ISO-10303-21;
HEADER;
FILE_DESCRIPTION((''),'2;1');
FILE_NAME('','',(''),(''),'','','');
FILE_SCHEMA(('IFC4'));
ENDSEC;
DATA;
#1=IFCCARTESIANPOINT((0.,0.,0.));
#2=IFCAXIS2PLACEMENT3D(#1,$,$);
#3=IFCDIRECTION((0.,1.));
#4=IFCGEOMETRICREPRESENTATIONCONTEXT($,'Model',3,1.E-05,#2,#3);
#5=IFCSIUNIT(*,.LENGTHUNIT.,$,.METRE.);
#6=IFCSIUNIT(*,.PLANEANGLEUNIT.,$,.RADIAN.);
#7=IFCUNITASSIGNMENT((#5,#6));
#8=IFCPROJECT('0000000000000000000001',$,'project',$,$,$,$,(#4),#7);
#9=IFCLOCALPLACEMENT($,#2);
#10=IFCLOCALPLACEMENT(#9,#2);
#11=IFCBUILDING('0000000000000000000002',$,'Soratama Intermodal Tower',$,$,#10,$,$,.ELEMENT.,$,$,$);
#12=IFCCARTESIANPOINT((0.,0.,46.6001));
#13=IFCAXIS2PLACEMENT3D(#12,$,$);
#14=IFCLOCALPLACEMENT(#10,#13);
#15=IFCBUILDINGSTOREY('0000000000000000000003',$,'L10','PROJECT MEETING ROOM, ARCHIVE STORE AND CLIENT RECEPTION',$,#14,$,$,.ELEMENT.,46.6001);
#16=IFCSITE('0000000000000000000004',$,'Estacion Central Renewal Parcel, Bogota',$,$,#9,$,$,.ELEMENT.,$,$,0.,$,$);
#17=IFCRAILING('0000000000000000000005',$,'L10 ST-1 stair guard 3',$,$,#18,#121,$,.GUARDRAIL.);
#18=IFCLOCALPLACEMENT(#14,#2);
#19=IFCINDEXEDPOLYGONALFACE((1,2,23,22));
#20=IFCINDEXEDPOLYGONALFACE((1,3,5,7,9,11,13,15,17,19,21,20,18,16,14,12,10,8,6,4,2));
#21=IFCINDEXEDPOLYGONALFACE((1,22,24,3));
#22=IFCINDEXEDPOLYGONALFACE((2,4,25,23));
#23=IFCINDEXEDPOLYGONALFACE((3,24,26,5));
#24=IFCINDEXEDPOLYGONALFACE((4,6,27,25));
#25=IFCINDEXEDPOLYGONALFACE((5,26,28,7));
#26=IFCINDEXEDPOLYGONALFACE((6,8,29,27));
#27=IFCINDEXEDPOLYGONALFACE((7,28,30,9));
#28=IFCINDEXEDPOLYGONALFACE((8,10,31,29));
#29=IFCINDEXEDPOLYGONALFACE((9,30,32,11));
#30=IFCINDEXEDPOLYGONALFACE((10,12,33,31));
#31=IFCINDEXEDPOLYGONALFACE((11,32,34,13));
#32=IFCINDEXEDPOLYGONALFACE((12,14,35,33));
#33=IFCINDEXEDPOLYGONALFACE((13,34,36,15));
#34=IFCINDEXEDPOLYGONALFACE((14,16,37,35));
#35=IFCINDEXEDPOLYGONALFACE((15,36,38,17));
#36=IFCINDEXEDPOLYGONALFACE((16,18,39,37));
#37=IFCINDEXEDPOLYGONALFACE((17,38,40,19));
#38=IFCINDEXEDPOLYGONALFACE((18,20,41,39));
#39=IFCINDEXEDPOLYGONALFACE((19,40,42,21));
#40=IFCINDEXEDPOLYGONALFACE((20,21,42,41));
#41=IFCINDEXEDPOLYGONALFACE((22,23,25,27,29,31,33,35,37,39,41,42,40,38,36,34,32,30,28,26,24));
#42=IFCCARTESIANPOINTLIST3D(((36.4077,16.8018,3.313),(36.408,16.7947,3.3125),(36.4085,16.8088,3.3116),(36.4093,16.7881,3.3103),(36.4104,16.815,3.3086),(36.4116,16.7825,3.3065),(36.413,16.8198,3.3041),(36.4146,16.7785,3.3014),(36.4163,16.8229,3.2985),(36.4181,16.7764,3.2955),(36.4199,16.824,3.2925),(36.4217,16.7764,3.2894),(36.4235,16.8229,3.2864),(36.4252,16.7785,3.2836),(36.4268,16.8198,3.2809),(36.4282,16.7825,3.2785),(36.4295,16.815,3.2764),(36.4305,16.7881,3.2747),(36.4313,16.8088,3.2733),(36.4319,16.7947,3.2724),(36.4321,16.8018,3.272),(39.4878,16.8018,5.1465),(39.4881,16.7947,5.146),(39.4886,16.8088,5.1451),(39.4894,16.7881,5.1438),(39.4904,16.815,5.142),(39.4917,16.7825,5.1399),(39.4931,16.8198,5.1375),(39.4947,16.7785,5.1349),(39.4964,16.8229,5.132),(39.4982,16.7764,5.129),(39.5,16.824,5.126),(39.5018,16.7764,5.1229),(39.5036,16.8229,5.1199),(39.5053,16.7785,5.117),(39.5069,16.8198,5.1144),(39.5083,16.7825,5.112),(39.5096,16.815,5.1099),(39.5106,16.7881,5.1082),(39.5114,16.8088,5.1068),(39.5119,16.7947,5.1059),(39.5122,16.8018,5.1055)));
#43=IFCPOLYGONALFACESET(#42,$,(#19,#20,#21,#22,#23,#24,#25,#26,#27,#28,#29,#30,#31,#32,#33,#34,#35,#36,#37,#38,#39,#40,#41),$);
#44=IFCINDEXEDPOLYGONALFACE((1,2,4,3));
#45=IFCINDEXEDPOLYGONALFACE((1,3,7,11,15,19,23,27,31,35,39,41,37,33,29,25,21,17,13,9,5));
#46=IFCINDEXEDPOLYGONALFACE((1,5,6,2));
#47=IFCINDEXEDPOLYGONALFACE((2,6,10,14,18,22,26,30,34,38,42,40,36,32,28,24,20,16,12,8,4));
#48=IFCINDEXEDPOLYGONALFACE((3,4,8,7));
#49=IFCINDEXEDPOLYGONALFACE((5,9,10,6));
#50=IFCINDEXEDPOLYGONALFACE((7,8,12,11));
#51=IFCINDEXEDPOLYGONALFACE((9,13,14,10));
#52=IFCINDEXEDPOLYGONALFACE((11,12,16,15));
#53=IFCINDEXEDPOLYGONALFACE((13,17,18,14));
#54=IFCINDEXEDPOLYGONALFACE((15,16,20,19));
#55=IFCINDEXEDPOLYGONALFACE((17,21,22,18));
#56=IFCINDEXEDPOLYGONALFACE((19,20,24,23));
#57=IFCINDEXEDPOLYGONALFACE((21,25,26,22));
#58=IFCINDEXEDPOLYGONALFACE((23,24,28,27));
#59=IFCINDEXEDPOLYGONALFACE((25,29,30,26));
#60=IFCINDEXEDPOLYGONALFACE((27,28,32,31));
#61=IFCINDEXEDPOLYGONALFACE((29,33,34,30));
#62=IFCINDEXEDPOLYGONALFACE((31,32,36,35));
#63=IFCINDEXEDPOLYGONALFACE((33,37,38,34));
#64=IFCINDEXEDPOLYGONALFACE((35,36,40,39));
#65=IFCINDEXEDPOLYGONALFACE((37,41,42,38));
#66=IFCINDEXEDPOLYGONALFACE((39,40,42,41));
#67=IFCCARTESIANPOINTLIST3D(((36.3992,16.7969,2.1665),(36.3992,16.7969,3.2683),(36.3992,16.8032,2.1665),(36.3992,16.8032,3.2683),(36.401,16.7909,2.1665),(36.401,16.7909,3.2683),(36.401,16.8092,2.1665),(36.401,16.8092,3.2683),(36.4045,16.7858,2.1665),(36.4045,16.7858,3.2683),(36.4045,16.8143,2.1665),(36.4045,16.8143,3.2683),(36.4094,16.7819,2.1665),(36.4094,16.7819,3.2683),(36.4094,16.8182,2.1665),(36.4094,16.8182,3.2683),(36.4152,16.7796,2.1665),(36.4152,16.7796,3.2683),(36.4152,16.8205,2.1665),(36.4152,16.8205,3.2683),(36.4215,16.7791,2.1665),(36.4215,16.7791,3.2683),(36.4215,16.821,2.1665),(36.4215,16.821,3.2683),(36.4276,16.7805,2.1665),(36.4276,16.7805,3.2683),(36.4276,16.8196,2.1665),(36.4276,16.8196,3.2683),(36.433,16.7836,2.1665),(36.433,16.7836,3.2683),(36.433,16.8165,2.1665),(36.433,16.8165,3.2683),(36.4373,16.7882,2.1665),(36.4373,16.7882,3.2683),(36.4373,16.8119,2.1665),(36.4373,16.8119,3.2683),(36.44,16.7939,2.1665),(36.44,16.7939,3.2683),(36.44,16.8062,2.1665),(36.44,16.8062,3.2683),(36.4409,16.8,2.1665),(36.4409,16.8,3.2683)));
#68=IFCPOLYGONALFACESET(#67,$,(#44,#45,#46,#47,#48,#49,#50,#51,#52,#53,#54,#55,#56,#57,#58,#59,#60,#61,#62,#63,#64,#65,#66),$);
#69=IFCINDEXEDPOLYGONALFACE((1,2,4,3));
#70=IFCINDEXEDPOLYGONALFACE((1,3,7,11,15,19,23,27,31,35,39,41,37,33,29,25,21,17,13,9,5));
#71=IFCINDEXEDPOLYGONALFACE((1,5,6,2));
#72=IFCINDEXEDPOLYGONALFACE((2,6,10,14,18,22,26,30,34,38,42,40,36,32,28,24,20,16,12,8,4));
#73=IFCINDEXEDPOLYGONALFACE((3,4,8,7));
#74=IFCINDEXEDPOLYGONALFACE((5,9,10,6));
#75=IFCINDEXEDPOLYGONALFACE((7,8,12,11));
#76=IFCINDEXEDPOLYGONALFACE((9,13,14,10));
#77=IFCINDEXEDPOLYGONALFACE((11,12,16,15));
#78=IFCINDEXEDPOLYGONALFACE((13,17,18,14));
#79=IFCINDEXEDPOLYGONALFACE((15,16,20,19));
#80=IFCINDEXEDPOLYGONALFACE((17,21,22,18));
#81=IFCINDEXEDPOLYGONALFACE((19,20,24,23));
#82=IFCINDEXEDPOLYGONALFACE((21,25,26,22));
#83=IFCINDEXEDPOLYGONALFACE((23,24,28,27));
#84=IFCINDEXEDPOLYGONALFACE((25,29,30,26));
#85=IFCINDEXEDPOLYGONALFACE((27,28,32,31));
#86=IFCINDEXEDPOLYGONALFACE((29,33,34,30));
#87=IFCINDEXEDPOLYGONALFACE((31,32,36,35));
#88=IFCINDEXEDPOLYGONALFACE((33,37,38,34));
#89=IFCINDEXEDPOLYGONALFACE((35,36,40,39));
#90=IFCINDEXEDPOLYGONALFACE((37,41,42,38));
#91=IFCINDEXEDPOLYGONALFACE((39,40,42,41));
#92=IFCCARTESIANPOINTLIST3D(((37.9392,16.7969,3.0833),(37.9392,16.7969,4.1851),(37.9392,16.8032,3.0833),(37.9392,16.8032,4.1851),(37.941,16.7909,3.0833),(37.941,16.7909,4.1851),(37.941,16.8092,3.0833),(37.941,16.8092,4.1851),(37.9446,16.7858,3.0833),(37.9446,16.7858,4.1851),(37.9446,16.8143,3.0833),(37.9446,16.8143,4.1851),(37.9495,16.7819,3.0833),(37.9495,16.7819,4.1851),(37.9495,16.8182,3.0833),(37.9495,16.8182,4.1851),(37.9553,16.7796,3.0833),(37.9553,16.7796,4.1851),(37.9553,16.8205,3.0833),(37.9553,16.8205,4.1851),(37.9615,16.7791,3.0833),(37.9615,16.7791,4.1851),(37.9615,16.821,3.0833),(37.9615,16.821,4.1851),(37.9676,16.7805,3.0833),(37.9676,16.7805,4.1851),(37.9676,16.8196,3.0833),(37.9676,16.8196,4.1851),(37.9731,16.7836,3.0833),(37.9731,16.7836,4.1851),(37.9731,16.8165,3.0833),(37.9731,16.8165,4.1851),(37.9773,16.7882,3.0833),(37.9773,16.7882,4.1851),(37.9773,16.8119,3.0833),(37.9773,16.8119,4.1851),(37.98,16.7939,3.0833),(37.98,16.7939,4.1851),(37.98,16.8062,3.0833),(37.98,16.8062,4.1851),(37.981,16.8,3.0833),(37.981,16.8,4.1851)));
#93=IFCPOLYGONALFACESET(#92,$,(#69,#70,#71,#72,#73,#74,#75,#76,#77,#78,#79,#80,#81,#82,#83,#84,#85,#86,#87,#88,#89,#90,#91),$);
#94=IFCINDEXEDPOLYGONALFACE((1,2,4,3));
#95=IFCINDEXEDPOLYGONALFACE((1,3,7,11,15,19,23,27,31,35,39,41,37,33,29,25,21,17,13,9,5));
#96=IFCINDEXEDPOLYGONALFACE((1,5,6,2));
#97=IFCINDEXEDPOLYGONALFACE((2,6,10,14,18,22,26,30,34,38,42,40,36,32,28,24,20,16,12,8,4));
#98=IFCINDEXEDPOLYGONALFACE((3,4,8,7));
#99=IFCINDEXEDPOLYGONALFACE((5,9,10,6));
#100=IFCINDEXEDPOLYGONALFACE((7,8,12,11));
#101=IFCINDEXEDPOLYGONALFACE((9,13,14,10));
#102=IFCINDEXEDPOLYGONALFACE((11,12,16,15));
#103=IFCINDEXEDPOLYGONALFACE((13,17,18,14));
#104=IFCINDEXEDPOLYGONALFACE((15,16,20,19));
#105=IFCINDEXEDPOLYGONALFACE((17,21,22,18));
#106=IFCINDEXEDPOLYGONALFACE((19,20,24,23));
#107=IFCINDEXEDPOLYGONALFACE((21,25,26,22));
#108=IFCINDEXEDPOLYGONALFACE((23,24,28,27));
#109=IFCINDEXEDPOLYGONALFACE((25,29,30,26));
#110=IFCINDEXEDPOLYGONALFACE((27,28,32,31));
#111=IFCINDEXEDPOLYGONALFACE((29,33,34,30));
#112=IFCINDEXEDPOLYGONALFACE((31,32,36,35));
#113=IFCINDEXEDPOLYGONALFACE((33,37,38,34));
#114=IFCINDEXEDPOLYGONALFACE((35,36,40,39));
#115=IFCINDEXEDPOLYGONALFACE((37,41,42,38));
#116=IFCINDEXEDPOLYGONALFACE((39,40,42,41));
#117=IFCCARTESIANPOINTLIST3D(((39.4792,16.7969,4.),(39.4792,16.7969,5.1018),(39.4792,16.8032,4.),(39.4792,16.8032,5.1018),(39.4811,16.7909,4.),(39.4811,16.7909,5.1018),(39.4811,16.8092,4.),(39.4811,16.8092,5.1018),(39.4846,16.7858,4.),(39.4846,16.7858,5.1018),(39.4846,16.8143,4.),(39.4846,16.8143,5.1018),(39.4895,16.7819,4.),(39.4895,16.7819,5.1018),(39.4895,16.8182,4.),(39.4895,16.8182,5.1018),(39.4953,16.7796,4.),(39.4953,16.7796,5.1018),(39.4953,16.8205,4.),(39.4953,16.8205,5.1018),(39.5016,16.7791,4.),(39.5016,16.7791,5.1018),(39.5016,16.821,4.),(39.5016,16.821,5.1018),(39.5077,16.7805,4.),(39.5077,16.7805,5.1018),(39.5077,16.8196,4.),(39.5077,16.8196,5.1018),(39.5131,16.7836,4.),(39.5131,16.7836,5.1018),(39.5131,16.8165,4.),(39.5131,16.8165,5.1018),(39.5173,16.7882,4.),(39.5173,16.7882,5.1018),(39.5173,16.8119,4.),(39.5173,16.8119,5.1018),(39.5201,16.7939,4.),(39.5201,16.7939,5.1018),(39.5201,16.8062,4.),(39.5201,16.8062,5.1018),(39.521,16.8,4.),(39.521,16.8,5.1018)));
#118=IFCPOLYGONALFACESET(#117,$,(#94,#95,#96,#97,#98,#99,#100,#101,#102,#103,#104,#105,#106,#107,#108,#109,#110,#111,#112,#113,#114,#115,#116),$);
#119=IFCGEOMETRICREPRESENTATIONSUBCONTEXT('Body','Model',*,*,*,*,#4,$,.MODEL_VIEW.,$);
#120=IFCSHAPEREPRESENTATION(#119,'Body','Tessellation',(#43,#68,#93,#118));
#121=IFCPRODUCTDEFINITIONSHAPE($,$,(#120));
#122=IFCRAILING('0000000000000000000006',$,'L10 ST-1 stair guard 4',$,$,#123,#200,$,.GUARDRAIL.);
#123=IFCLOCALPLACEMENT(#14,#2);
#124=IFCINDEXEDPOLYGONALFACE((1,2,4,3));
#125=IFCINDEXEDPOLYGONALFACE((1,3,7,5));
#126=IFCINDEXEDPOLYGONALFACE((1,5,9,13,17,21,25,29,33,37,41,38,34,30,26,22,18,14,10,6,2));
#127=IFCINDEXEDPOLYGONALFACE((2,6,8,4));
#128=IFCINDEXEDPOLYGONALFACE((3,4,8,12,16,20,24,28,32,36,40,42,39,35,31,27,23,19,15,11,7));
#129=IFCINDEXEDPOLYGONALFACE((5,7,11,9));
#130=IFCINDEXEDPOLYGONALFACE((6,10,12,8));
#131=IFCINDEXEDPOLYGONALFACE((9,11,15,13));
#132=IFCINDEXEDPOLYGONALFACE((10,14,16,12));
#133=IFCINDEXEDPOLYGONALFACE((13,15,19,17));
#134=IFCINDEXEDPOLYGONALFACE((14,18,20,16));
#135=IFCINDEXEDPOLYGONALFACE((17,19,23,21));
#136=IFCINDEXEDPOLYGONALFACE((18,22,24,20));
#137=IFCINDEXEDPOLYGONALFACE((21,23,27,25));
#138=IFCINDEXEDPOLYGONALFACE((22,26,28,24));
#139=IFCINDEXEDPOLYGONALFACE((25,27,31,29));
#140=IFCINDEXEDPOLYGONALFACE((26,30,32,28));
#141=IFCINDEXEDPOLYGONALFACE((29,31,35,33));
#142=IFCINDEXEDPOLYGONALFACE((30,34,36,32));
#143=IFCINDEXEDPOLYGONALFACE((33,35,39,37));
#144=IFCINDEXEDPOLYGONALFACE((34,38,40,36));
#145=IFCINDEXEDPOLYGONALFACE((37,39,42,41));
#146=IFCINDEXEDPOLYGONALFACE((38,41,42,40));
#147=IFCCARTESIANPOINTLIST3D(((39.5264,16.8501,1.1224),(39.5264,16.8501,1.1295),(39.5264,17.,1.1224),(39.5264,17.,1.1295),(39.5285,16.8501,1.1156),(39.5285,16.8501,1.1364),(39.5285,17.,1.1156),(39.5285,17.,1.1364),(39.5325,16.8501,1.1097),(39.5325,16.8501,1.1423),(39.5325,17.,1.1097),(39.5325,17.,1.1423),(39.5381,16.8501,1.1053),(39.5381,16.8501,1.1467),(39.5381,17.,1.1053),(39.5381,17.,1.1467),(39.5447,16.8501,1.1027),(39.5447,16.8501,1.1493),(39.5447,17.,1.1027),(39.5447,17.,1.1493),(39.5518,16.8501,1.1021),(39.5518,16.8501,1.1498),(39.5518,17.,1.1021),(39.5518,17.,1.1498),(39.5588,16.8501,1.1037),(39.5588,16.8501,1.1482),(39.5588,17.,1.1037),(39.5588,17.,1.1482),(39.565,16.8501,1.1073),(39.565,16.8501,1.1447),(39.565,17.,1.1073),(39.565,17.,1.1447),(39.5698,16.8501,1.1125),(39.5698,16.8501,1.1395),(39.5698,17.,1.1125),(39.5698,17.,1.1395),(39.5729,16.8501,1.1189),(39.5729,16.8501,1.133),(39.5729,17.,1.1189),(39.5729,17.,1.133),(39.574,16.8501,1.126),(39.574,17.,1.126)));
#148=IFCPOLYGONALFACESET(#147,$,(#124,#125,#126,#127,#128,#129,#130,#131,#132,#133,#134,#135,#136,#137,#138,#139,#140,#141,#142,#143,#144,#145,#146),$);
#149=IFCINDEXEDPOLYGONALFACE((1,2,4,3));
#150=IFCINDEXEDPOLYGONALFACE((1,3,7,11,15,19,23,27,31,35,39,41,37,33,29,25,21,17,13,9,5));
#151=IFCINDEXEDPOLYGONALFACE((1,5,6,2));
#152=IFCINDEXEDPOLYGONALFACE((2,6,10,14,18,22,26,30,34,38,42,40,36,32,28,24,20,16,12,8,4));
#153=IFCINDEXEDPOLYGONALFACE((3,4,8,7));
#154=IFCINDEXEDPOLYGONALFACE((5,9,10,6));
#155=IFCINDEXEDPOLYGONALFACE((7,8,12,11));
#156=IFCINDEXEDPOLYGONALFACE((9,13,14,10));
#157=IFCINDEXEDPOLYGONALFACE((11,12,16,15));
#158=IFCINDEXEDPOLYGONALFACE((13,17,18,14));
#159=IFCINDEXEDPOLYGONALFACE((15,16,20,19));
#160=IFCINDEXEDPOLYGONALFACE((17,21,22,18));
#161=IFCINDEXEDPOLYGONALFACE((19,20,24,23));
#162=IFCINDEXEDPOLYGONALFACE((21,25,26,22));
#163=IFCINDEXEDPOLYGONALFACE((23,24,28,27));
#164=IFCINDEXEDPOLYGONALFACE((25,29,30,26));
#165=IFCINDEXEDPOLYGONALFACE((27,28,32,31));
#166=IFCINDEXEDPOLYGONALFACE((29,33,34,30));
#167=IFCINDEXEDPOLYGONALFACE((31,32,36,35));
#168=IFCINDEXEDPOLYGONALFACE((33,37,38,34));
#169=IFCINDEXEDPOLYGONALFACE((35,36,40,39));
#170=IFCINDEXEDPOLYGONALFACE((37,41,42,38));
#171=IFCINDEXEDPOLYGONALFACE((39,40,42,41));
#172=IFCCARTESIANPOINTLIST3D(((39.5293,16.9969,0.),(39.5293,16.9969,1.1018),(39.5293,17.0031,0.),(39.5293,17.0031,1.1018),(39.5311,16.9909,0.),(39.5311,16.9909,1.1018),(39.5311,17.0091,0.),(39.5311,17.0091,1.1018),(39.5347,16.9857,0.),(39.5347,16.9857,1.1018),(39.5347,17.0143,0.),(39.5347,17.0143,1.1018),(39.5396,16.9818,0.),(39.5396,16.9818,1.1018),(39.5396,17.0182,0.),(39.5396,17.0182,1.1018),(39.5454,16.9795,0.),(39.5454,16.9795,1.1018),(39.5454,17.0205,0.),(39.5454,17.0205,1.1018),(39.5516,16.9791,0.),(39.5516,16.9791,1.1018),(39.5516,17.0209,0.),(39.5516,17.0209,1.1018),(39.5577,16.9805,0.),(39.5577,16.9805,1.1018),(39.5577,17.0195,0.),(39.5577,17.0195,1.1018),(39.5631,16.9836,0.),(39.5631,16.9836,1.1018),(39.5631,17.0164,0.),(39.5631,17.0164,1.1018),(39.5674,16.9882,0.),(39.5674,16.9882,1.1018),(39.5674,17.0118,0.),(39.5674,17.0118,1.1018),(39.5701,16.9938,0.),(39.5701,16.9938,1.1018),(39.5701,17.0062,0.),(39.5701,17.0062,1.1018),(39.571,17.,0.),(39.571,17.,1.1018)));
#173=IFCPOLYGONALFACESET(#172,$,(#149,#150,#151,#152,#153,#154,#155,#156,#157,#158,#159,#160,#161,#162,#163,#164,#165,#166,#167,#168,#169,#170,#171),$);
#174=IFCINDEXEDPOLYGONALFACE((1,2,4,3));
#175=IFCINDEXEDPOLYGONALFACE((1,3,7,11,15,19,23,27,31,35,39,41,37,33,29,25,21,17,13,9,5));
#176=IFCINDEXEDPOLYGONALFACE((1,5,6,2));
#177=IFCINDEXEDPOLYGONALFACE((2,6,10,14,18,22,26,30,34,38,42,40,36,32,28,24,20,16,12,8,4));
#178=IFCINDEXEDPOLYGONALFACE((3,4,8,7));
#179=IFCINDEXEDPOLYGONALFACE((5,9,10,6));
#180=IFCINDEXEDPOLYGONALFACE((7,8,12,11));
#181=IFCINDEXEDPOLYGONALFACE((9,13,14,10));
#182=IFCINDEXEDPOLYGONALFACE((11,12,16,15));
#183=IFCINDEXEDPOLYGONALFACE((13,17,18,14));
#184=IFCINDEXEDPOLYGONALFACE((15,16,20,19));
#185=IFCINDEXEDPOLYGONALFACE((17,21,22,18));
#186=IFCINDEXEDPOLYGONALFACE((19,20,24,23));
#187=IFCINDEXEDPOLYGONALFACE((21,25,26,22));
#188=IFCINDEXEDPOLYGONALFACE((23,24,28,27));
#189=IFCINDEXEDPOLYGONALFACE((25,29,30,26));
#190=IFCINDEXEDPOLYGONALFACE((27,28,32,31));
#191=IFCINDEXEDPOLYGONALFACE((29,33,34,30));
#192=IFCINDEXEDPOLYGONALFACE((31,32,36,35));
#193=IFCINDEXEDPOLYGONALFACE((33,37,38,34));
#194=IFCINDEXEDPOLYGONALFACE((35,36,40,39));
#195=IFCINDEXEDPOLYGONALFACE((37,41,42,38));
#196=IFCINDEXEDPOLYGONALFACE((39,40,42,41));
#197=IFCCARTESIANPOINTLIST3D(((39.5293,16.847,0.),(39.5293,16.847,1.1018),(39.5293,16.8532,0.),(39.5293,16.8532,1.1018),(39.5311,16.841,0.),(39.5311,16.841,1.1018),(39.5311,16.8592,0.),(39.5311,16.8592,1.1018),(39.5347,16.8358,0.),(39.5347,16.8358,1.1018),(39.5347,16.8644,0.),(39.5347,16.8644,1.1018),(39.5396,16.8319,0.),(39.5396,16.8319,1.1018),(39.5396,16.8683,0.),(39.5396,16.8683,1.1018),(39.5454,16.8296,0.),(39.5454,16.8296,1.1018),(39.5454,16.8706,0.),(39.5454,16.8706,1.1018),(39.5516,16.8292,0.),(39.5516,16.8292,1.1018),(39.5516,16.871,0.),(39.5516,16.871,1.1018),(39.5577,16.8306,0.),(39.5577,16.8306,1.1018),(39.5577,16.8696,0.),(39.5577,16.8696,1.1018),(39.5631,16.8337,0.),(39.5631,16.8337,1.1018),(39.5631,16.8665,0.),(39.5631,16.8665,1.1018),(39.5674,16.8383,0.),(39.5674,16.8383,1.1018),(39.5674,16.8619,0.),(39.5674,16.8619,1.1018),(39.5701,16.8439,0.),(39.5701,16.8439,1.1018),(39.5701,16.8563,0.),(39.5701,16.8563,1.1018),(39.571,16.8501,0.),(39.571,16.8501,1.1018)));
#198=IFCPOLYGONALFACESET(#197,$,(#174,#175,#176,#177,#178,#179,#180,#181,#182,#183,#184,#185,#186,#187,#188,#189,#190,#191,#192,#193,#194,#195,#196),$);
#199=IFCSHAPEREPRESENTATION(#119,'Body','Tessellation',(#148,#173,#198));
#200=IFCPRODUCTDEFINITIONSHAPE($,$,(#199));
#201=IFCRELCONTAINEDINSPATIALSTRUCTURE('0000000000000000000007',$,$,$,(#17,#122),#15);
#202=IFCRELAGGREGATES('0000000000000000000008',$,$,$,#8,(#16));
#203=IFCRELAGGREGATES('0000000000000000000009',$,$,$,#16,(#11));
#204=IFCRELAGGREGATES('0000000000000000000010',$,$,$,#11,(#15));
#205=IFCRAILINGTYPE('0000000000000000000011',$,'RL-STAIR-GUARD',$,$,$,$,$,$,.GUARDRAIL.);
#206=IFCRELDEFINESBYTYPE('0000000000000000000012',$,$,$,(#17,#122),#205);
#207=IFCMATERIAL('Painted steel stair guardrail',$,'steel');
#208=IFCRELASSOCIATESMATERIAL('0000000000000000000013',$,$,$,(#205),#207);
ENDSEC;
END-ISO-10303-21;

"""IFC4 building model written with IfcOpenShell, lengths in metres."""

from ifc_helpers import new_model, si_unit, direction, frame, origin, origin_2d, place, context, subcontext, project, spatial, circle, extrude, material, type_object, element, save


model = new_model("IFC4")

# Units and contexts
model_context = context("Model", 3, precision=1e-05, world=origin(), true_north=direction((0.0, 1.0)))
body_context = subcontext(model_context, "Body", "Model", "MODEL_VIEW")
ifc_project = project(units=[si_unit("LENGTHUNIT", "METRE"), si_unit("PLANEANGLEUNIT", "RADIAN")], contexts=[model_context])

# Site, building, storey
site_placement = place(None, origin())
site = spatial("IfcSite", under=ifc_project, at=site_placement, Name="Estacion Central Renewal Parcel, Bogota", CompositionType="ELEMENT", RefElevation=0.0)
building_placement = place(site_placement, origin())
building = spatial("IfcBuilding", under=site, at=building_placement, Name="Soratama Intermodal Tower", CompositionType="ELEMENT")
storey_placement = place(building_placement, frame((0.0, 0.0, 46.6001)))
storey = spatial("IfcBuildingStorey", under=building, at=storey_placement, Name="L10", Description="PROJECT MEETING ROOM, ARCHIVE STORE AND CLIENT RECEPTION", CompositionType="ELEMENT", Elevation=46.6001)

# Railings
ifc_material_1 = material(Name="Painted steel stair guardrail", Category="steel")
railing_type_1 = type_object("IfcRailingType", Name="RL-STAIR-GUARD", PredefinedType="GUARDRAIL", material=ifc_material_1)
railing_1_placement = place(storey_placement, frame((36.4199, 16.8, 2.1665)))
element("IfcRailing", 1, at=railing_1_placement, inside=storey, type_object=railing_type_1, Name="L10 ST-1 stair guard 3", PredefinedType="GUARDRAIL", context=body_context, shape_type="SweptSolid", body=[
    extrude(circle(Radius=0.0239, at=origin_2d()), frame((0.0, 0.0, 1.126), z_axis=(0.859279, 0.0, 0.511508), x_axis=(0.0, 1.0, 0.0)), (0.0, 0.0, 1.0), 3.5845),
    extrude(circle(Radius=0.021, at=origin_2d()), origin(), (0.0, 0.0, 1.0), 1.1018),
    extrude(circle(Radius=0.021, at=origin_2d()), frame((1.54, 0.0, 0.9167)), (0.0, 0.0, 1.0), 1.1018),
    extrude(circle(Radius=0.021, at=origin_2d()), frame((3.0801, 0.0, 1.8335)), (0.0, 0.0, 1.0), 1.1018),
])
railing_2_placement = place(storey_placement, frame((39.55, 17.0, 0.0)))
element("IfcRailing", 2, at=railing_2_placement, inside=storey, type_object=railing_type_1, Name="L10 ST-1 stair guard 4", PredefinedType="GUARDRAIL", context=body_context, shape_type="SweptSolid", body=[
    extrude(circle(Radius=0.0239, at=origin_2d()), frame((0.0, 0.0, 1.126), z_axis=(0.0, -1.0, 0.0), x_axis=(1.0, 0.0, 0.0)), (0.0, 0.0, 1.0), 0.1499),
    extrude(circle(Radius=0.021, at=origin_2d()), origin(), (0.0, 0.0, 1.0), 1.1018),
    extrude(circle(Radius=0.021, at=origin_2d()), frame((0.0, -0.1499, 0.0)), (0.0, 0.0, 1.0), 1.1018),
])

save(model, "model.ifc")
